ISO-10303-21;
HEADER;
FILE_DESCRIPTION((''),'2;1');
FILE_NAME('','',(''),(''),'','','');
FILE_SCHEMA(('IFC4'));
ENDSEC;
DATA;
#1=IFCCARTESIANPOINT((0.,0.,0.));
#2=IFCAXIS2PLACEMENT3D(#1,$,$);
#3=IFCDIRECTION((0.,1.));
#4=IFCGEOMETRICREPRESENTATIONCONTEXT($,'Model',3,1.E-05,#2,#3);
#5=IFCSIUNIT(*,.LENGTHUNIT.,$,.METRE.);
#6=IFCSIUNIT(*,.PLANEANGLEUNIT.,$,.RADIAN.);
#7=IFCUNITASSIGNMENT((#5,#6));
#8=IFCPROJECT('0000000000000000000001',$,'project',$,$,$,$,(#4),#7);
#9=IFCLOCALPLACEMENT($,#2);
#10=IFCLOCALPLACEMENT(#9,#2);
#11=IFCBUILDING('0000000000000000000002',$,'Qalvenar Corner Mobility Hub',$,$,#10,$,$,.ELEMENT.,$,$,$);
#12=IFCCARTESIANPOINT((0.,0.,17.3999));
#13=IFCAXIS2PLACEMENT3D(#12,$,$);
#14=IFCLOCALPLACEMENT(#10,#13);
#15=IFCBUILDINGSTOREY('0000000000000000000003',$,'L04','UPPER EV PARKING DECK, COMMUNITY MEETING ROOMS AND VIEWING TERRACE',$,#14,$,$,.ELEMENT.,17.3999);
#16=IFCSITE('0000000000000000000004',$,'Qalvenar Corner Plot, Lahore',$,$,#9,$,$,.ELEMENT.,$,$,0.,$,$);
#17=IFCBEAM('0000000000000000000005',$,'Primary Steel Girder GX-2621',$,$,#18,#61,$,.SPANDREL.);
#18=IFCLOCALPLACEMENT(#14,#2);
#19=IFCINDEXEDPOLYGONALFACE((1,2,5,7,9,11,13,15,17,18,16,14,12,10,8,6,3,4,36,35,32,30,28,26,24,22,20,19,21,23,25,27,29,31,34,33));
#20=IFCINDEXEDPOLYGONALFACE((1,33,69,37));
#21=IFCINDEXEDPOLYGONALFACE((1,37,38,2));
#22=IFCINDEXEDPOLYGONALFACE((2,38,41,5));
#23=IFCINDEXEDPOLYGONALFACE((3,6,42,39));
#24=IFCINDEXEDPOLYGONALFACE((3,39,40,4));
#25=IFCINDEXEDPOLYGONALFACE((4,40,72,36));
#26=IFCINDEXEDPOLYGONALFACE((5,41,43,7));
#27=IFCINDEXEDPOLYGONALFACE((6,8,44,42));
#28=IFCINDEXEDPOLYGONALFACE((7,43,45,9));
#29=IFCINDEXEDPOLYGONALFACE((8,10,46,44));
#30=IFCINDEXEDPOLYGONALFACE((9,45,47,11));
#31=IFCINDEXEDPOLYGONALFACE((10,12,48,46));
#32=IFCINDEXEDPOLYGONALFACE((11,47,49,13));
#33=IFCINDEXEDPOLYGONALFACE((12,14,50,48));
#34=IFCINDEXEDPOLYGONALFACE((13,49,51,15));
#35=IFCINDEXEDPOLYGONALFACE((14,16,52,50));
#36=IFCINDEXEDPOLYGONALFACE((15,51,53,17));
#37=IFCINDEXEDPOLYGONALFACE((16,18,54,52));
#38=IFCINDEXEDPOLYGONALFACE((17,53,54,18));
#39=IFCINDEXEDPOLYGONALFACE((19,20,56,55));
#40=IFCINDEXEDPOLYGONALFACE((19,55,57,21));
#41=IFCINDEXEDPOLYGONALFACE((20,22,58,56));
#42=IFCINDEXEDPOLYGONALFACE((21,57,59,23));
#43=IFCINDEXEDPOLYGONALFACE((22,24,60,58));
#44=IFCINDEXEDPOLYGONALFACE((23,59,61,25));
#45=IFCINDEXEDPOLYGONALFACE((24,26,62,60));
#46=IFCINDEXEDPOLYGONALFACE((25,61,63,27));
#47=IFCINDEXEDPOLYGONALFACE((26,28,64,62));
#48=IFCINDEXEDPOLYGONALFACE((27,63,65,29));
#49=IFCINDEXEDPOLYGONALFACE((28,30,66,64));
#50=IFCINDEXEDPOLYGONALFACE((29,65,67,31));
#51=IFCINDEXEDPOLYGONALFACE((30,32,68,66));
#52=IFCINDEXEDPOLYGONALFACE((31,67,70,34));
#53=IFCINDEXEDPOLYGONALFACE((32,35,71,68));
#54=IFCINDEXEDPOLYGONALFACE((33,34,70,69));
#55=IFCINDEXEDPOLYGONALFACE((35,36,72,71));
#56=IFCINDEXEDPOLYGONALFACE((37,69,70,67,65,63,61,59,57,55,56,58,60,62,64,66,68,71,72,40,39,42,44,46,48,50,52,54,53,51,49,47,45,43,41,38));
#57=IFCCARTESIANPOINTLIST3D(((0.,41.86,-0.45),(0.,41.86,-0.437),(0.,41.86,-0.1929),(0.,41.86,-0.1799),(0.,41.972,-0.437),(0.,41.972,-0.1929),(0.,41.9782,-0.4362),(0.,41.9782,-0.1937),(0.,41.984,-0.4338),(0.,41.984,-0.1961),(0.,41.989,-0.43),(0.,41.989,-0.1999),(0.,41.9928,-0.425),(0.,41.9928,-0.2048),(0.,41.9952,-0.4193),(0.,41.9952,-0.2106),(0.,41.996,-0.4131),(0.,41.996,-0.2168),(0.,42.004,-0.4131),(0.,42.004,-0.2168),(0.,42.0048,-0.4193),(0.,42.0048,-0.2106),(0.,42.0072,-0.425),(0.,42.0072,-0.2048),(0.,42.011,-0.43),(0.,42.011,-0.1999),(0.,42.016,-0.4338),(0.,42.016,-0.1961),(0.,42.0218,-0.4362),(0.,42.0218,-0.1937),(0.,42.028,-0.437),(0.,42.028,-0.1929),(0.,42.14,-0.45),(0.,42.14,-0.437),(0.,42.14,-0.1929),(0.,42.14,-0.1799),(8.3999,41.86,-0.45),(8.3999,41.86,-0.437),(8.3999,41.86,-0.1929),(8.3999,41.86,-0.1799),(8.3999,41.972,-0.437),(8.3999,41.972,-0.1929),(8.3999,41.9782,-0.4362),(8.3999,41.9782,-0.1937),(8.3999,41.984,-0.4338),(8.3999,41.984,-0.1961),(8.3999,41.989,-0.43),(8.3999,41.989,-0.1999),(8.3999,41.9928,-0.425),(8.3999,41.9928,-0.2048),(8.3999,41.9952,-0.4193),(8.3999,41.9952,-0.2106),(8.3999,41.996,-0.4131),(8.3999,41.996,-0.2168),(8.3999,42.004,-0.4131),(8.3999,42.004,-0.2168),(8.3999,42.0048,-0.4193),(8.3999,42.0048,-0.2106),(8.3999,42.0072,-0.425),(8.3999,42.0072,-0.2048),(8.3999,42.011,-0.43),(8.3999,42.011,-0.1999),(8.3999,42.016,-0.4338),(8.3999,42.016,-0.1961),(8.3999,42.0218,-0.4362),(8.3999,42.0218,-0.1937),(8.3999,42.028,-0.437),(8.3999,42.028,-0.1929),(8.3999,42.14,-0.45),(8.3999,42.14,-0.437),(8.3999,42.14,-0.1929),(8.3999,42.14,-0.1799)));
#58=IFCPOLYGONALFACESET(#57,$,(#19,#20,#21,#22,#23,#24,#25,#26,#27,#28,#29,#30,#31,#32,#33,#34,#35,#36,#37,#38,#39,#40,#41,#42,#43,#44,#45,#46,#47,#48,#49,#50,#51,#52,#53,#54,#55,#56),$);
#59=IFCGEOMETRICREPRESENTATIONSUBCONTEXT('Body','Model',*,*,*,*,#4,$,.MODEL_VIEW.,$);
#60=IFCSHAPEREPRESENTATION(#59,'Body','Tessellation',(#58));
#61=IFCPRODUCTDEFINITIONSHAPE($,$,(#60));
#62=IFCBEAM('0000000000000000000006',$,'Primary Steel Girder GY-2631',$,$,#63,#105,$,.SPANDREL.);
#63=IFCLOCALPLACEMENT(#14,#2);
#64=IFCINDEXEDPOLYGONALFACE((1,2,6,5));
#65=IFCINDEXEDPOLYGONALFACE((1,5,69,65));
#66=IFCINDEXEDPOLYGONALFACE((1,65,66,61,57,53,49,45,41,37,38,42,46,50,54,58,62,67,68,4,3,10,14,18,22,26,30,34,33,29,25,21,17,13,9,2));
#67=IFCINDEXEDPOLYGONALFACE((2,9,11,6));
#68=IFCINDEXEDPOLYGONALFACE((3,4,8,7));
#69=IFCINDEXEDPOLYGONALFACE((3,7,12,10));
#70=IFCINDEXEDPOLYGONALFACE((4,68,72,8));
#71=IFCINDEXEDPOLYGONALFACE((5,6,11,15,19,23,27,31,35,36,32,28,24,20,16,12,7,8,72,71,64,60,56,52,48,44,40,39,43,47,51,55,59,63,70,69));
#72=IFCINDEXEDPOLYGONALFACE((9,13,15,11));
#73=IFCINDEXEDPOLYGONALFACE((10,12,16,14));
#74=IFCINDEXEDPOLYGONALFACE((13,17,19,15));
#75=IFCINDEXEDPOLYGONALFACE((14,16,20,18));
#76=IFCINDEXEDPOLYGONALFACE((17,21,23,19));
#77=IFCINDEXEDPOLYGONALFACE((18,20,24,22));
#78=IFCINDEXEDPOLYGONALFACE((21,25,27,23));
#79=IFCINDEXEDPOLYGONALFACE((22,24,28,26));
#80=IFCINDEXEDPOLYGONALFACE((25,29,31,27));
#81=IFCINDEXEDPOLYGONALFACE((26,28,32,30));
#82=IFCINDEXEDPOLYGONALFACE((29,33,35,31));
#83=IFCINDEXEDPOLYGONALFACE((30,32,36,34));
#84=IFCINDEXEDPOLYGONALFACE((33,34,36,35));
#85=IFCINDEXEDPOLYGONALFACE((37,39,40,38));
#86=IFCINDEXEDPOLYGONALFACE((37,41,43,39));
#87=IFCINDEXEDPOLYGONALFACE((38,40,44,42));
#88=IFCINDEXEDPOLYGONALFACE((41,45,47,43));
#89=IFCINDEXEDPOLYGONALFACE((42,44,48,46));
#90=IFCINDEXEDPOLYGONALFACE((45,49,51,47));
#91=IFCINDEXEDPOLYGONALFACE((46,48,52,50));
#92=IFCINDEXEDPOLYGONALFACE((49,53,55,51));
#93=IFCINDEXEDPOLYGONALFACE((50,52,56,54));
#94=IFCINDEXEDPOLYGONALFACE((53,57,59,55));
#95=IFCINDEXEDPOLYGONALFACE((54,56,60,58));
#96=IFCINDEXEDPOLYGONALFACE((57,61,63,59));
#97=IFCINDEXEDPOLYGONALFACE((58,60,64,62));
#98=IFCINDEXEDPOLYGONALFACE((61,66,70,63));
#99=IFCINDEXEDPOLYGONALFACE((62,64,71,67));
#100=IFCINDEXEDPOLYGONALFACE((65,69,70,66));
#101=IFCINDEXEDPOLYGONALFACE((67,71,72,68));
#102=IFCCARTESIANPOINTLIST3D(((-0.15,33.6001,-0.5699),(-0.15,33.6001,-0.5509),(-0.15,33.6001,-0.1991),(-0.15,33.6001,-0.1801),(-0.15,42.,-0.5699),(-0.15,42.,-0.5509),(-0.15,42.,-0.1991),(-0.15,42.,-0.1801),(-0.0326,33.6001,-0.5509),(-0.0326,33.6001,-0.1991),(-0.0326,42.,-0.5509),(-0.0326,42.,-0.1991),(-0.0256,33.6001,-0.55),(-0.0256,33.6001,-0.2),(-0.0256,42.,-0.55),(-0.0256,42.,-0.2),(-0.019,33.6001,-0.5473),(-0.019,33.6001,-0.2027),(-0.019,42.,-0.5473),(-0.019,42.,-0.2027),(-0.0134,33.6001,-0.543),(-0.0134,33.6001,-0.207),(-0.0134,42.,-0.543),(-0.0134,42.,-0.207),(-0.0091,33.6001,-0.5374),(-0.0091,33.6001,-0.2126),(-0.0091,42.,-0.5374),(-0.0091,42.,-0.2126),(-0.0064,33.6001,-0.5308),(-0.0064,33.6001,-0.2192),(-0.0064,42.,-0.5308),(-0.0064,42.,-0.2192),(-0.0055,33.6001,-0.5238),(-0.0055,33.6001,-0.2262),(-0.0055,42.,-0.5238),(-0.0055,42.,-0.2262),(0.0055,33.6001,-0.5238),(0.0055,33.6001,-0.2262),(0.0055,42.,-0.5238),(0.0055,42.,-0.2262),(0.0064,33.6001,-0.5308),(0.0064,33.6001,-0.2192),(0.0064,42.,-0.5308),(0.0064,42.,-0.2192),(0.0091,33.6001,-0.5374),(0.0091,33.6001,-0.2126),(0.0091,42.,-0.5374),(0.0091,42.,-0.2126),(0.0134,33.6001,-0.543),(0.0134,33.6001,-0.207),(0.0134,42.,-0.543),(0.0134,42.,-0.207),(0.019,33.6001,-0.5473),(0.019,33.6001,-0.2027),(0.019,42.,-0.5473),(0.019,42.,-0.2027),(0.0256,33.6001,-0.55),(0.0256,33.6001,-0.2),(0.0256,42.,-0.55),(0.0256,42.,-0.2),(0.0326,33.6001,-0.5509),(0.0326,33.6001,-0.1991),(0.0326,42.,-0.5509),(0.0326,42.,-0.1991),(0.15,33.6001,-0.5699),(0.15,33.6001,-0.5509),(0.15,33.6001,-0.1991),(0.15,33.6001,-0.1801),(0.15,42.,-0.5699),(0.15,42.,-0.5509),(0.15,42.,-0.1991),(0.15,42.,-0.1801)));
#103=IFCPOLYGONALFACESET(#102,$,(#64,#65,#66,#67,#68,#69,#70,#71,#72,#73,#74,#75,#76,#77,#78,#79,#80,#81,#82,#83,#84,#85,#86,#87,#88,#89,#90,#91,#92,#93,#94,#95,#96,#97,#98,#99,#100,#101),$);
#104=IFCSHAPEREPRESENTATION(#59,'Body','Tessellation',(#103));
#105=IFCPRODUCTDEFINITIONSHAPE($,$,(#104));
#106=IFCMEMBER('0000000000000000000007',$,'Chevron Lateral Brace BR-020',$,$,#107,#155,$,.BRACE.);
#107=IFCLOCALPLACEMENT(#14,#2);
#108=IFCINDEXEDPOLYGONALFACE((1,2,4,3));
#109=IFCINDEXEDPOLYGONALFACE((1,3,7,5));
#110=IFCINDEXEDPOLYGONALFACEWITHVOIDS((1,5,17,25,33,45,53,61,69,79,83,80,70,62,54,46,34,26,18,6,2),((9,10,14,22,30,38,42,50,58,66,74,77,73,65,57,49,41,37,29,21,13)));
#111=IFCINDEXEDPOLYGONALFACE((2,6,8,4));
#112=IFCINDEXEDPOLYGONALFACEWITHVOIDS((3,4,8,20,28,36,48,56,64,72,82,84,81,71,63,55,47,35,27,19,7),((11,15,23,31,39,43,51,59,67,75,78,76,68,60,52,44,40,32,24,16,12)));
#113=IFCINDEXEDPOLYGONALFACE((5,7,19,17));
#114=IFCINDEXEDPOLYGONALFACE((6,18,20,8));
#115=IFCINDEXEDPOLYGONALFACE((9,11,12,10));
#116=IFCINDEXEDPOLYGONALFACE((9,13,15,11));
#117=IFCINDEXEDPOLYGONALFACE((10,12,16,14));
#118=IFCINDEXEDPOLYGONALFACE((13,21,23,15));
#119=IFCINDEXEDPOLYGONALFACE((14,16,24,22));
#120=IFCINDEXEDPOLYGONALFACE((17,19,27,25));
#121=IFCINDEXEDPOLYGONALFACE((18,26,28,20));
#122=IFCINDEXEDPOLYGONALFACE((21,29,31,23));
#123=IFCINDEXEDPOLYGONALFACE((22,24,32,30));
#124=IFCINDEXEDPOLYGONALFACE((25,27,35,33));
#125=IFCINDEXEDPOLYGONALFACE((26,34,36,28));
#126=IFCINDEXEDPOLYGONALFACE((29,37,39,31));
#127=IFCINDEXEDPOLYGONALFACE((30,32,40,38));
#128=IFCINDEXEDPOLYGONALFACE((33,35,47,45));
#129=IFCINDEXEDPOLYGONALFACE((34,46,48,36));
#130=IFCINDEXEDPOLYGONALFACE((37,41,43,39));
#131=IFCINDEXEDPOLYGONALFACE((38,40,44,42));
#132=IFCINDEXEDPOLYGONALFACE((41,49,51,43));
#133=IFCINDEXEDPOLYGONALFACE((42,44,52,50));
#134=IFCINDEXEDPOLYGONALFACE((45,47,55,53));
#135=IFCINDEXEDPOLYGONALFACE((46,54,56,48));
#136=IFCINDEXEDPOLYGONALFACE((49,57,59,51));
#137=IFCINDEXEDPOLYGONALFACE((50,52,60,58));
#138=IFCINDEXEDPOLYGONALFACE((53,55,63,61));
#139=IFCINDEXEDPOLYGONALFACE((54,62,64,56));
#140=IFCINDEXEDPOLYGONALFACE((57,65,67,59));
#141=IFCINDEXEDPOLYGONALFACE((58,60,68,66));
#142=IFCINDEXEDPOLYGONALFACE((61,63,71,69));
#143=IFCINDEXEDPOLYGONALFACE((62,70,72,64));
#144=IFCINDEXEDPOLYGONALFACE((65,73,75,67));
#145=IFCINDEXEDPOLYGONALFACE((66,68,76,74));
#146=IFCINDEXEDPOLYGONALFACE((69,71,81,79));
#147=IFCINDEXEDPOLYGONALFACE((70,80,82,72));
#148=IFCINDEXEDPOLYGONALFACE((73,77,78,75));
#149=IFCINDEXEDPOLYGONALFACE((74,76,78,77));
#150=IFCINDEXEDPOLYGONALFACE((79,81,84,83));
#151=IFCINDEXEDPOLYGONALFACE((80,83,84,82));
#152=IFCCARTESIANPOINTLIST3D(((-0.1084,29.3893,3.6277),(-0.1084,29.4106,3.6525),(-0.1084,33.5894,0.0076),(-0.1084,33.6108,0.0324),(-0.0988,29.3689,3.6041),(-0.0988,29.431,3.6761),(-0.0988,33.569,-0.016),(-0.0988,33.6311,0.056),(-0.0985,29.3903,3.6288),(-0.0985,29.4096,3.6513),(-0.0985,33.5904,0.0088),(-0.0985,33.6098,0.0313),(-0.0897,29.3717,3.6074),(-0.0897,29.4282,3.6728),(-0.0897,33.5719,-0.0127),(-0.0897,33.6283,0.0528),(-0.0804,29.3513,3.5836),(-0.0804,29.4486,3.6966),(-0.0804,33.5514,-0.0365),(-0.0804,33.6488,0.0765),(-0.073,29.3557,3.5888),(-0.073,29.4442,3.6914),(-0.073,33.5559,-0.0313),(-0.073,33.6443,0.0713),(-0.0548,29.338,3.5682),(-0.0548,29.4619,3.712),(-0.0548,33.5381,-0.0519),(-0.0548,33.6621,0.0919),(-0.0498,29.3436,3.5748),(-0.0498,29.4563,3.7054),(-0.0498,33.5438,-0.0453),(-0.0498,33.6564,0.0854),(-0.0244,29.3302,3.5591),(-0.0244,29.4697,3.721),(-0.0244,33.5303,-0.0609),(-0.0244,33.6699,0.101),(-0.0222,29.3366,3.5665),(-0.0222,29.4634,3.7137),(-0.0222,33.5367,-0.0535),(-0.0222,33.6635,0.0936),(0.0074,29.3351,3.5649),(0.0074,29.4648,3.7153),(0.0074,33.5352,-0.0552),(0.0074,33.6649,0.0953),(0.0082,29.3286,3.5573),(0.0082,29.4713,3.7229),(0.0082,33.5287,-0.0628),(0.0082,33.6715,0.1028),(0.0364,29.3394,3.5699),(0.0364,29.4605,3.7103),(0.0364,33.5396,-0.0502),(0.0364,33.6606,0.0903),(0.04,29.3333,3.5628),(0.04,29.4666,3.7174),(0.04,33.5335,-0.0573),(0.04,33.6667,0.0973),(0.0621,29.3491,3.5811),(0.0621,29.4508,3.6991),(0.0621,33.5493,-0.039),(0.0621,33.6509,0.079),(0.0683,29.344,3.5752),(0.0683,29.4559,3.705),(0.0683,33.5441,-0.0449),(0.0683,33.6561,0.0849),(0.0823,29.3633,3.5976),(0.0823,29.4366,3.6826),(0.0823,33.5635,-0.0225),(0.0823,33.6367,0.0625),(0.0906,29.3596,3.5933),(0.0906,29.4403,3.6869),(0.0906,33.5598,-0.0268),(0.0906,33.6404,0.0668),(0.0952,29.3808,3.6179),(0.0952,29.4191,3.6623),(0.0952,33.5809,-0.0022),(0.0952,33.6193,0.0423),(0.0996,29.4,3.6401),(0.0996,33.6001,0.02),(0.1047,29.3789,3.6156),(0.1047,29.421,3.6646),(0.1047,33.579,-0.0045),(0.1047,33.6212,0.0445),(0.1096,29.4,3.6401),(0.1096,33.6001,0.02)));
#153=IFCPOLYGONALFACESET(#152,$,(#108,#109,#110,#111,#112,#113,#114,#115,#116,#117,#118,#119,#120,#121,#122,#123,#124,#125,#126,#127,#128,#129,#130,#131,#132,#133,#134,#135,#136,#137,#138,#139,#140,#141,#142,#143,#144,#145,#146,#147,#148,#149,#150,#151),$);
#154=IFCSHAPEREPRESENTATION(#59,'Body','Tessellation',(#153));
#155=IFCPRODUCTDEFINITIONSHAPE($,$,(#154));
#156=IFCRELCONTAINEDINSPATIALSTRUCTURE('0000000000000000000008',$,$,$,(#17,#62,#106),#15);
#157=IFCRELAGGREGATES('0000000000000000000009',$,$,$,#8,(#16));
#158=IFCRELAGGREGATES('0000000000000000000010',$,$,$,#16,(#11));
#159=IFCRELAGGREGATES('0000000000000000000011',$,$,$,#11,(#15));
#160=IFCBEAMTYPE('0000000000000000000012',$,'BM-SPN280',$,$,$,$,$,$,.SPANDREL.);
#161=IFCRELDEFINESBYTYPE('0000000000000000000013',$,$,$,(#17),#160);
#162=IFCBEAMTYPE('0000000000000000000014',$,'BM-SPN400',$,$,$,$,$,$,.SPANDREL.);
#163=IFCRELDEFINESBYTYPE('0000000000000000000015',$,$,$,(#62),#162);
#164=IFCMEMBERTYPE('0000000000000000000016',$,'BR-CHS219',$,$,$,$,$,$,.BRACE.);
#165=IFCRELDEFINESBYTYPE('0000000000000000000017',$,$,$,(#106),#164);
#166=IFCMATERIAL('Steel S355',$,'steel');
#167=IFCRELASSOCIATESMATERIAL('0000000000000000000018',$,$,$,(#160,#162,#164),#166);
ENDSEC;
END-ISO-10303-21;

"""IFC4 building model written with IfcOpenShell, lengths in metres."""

from ifc_helpers import new_model, si_unit, direction, frame, origin, origin_2d, place, context, subcontext, project, spatial, hollow_circle, i_section, extrude, material, material_profile, profile_set, type_object, element, save


model = new_model("IFC4")

# Units and contexts
model_context = context("Model", 3, precision=1e-05, world=origin(), true_north=direction((0.0, 1.0)))
body_context = subcontext(model_context, "Body", "Model", "MODEL_VIEW")
ifc_project = project(units=[si_unit("LENGTHUNIT", "METRE"), si_unit("PLANEANGLEUNIT", "RADIAN")], contexts=[model_context])

# Site, building, storey
site_placement = place(None, origin())
site = spatial("IfcSite", under=ifc_project, at=site_placement, Name="Qalvenar Corner Plot, Lahore", CompositionType="ELEMENT", RefElevation=0.0)
building_placement = place(site_placement, origin())
building = spatial("IfcBuilding", under=site, at=building_placement, Name="Qalvenar Corner Mobility Hub", CompositionType="ELEMENT")
storey_placement = place(building_placement, frame((0.0, 0.0, 17.3999)))
storey = spatial("IfcBuildingStorey", under=building, at=storey_placement, Name="L04", Description="UPPER EV PARKING DECK, COMMUNITY MEETING ROOMS AND VIEWING TERRACE", CompositionType="ELEMENT", Elevation=17.3999)

# Shared definitions
ifc_material_1 = material(Name="Steel S355", Category="steel")

# Beams
ifc_material_profile_1 = material_profile(ifc_material_1, i_section(OverallWidth=0.28, OverallDepth=0.27, WebThickness=0.0081, FlangeThickness=0.0129, FilletRadius=0.0239, at=origin_2d()), Name="HEA280")
ifc_profile_set_1 = profile_set([ifc_material_profile_1], Name="Steel S355")
beam_type_1 = type_object("IfcBeamType", Name="BM-SPN280", PredefinedType="SPANDREL", material=ifc_profile_set_1)
beam_1_placement = place(storey_placement, frame((0.0, 42.0, -0.3149), z_axis=(1.0, 0.0, 0.0), x_axis=(0.0, 1.0, 0.0)))
element("IfcBeam", 1, at=beam_1_placement, inside=storey, type_object=beam_type_1, Name="Primary Steel Girder GX-2621", PredefinedType="SPANDREL", context=body_context, shape_type="SweptSolid", body=[
    extrude(i_section(OverallWidth=0.28, OverallDepth=0.27, WebThickness=0.0081, FlangeThickness=0.0129, FilletRadius=0.0239, at=origin_2d()), origin(), (0.0, 0.0, 1.0), 8.3999),
])
ifc_material_profile_2 = material_profile(ifc_material_1, i_section(OverallWidth=0.3, OverallDepth=0.3899, WebThickness=0.011, FlangeThickness=0.019, FilletRadius=0.0271, at=origin_2d()), Name="HEA400")
ifc_profile_set_2 = profile_set([ifc_material_profile_2], Name="Steel S355")
beam_type_2 = type_object("IfcBeamType", Name="BM-SPN400", PredefinedType="SPANDREL", material=ifc_profile_set_2)
beam_2_placement = place(storey_placement, frame((0.0, 33.6001, -0.375), z_axis=(0.0, 1.0, 0.0), x_axis=(-1.0, 0.0, 0.0)))
element("IfcBeam", 2, at=beam_2_placement, inside=storey, type_object=beam_type_2, Name="Primary Steel Girder GY-2631", PredefinedType="SPANDREL", context=body_context, shape_type="SweptSolid", body=[
    extrude(i_section(OverallWidth=0.3, OverallDepth=0.3899, WebThickness=0.011, FlangeThickness=0.019, FilletRadius=0.0271, at=origin_2d()), origin(), (0.0, 0.0, 1.0), 8.3999),
])

# Member
ifc_material_profile_3 = material_profile(ifc_material_1, hollow_circle(Radius=0.1096, WallThickness=0.01, at=origin_2d()), Name="CHS219.1x10")
ifc_profile_set_3 = profile_set([ifc_material_profile_3], Name="Steel S355")
member_type_1 = type_object("IfcMemberType", Name="BR-CHS219", PredefinedType="BRACE", material=ifc_profile_set_3)
member_1_placement = place(storey_placement, frame((0.0, 33.6001, 0.02), z_axis=(0.0, -0.757476, 0.652863), x_axis=(1.0, 0.0, 0.0)))
element("IfcMember", 3, at=member_1_placement, inside=storey, type_object=member_type_1, Name="Chevron Lateral Brace BR-020", PredefinedType="BRACE", context=body_context, shape_type="SweptSolid", body=[
    extrude(hollow_circle(Radius=0.1096, WallThickness=0.01, at=origin_2d()), origin(), (0.0, 0.0, 1.0), 5.5449),
])

save(model, "model.ifc")
